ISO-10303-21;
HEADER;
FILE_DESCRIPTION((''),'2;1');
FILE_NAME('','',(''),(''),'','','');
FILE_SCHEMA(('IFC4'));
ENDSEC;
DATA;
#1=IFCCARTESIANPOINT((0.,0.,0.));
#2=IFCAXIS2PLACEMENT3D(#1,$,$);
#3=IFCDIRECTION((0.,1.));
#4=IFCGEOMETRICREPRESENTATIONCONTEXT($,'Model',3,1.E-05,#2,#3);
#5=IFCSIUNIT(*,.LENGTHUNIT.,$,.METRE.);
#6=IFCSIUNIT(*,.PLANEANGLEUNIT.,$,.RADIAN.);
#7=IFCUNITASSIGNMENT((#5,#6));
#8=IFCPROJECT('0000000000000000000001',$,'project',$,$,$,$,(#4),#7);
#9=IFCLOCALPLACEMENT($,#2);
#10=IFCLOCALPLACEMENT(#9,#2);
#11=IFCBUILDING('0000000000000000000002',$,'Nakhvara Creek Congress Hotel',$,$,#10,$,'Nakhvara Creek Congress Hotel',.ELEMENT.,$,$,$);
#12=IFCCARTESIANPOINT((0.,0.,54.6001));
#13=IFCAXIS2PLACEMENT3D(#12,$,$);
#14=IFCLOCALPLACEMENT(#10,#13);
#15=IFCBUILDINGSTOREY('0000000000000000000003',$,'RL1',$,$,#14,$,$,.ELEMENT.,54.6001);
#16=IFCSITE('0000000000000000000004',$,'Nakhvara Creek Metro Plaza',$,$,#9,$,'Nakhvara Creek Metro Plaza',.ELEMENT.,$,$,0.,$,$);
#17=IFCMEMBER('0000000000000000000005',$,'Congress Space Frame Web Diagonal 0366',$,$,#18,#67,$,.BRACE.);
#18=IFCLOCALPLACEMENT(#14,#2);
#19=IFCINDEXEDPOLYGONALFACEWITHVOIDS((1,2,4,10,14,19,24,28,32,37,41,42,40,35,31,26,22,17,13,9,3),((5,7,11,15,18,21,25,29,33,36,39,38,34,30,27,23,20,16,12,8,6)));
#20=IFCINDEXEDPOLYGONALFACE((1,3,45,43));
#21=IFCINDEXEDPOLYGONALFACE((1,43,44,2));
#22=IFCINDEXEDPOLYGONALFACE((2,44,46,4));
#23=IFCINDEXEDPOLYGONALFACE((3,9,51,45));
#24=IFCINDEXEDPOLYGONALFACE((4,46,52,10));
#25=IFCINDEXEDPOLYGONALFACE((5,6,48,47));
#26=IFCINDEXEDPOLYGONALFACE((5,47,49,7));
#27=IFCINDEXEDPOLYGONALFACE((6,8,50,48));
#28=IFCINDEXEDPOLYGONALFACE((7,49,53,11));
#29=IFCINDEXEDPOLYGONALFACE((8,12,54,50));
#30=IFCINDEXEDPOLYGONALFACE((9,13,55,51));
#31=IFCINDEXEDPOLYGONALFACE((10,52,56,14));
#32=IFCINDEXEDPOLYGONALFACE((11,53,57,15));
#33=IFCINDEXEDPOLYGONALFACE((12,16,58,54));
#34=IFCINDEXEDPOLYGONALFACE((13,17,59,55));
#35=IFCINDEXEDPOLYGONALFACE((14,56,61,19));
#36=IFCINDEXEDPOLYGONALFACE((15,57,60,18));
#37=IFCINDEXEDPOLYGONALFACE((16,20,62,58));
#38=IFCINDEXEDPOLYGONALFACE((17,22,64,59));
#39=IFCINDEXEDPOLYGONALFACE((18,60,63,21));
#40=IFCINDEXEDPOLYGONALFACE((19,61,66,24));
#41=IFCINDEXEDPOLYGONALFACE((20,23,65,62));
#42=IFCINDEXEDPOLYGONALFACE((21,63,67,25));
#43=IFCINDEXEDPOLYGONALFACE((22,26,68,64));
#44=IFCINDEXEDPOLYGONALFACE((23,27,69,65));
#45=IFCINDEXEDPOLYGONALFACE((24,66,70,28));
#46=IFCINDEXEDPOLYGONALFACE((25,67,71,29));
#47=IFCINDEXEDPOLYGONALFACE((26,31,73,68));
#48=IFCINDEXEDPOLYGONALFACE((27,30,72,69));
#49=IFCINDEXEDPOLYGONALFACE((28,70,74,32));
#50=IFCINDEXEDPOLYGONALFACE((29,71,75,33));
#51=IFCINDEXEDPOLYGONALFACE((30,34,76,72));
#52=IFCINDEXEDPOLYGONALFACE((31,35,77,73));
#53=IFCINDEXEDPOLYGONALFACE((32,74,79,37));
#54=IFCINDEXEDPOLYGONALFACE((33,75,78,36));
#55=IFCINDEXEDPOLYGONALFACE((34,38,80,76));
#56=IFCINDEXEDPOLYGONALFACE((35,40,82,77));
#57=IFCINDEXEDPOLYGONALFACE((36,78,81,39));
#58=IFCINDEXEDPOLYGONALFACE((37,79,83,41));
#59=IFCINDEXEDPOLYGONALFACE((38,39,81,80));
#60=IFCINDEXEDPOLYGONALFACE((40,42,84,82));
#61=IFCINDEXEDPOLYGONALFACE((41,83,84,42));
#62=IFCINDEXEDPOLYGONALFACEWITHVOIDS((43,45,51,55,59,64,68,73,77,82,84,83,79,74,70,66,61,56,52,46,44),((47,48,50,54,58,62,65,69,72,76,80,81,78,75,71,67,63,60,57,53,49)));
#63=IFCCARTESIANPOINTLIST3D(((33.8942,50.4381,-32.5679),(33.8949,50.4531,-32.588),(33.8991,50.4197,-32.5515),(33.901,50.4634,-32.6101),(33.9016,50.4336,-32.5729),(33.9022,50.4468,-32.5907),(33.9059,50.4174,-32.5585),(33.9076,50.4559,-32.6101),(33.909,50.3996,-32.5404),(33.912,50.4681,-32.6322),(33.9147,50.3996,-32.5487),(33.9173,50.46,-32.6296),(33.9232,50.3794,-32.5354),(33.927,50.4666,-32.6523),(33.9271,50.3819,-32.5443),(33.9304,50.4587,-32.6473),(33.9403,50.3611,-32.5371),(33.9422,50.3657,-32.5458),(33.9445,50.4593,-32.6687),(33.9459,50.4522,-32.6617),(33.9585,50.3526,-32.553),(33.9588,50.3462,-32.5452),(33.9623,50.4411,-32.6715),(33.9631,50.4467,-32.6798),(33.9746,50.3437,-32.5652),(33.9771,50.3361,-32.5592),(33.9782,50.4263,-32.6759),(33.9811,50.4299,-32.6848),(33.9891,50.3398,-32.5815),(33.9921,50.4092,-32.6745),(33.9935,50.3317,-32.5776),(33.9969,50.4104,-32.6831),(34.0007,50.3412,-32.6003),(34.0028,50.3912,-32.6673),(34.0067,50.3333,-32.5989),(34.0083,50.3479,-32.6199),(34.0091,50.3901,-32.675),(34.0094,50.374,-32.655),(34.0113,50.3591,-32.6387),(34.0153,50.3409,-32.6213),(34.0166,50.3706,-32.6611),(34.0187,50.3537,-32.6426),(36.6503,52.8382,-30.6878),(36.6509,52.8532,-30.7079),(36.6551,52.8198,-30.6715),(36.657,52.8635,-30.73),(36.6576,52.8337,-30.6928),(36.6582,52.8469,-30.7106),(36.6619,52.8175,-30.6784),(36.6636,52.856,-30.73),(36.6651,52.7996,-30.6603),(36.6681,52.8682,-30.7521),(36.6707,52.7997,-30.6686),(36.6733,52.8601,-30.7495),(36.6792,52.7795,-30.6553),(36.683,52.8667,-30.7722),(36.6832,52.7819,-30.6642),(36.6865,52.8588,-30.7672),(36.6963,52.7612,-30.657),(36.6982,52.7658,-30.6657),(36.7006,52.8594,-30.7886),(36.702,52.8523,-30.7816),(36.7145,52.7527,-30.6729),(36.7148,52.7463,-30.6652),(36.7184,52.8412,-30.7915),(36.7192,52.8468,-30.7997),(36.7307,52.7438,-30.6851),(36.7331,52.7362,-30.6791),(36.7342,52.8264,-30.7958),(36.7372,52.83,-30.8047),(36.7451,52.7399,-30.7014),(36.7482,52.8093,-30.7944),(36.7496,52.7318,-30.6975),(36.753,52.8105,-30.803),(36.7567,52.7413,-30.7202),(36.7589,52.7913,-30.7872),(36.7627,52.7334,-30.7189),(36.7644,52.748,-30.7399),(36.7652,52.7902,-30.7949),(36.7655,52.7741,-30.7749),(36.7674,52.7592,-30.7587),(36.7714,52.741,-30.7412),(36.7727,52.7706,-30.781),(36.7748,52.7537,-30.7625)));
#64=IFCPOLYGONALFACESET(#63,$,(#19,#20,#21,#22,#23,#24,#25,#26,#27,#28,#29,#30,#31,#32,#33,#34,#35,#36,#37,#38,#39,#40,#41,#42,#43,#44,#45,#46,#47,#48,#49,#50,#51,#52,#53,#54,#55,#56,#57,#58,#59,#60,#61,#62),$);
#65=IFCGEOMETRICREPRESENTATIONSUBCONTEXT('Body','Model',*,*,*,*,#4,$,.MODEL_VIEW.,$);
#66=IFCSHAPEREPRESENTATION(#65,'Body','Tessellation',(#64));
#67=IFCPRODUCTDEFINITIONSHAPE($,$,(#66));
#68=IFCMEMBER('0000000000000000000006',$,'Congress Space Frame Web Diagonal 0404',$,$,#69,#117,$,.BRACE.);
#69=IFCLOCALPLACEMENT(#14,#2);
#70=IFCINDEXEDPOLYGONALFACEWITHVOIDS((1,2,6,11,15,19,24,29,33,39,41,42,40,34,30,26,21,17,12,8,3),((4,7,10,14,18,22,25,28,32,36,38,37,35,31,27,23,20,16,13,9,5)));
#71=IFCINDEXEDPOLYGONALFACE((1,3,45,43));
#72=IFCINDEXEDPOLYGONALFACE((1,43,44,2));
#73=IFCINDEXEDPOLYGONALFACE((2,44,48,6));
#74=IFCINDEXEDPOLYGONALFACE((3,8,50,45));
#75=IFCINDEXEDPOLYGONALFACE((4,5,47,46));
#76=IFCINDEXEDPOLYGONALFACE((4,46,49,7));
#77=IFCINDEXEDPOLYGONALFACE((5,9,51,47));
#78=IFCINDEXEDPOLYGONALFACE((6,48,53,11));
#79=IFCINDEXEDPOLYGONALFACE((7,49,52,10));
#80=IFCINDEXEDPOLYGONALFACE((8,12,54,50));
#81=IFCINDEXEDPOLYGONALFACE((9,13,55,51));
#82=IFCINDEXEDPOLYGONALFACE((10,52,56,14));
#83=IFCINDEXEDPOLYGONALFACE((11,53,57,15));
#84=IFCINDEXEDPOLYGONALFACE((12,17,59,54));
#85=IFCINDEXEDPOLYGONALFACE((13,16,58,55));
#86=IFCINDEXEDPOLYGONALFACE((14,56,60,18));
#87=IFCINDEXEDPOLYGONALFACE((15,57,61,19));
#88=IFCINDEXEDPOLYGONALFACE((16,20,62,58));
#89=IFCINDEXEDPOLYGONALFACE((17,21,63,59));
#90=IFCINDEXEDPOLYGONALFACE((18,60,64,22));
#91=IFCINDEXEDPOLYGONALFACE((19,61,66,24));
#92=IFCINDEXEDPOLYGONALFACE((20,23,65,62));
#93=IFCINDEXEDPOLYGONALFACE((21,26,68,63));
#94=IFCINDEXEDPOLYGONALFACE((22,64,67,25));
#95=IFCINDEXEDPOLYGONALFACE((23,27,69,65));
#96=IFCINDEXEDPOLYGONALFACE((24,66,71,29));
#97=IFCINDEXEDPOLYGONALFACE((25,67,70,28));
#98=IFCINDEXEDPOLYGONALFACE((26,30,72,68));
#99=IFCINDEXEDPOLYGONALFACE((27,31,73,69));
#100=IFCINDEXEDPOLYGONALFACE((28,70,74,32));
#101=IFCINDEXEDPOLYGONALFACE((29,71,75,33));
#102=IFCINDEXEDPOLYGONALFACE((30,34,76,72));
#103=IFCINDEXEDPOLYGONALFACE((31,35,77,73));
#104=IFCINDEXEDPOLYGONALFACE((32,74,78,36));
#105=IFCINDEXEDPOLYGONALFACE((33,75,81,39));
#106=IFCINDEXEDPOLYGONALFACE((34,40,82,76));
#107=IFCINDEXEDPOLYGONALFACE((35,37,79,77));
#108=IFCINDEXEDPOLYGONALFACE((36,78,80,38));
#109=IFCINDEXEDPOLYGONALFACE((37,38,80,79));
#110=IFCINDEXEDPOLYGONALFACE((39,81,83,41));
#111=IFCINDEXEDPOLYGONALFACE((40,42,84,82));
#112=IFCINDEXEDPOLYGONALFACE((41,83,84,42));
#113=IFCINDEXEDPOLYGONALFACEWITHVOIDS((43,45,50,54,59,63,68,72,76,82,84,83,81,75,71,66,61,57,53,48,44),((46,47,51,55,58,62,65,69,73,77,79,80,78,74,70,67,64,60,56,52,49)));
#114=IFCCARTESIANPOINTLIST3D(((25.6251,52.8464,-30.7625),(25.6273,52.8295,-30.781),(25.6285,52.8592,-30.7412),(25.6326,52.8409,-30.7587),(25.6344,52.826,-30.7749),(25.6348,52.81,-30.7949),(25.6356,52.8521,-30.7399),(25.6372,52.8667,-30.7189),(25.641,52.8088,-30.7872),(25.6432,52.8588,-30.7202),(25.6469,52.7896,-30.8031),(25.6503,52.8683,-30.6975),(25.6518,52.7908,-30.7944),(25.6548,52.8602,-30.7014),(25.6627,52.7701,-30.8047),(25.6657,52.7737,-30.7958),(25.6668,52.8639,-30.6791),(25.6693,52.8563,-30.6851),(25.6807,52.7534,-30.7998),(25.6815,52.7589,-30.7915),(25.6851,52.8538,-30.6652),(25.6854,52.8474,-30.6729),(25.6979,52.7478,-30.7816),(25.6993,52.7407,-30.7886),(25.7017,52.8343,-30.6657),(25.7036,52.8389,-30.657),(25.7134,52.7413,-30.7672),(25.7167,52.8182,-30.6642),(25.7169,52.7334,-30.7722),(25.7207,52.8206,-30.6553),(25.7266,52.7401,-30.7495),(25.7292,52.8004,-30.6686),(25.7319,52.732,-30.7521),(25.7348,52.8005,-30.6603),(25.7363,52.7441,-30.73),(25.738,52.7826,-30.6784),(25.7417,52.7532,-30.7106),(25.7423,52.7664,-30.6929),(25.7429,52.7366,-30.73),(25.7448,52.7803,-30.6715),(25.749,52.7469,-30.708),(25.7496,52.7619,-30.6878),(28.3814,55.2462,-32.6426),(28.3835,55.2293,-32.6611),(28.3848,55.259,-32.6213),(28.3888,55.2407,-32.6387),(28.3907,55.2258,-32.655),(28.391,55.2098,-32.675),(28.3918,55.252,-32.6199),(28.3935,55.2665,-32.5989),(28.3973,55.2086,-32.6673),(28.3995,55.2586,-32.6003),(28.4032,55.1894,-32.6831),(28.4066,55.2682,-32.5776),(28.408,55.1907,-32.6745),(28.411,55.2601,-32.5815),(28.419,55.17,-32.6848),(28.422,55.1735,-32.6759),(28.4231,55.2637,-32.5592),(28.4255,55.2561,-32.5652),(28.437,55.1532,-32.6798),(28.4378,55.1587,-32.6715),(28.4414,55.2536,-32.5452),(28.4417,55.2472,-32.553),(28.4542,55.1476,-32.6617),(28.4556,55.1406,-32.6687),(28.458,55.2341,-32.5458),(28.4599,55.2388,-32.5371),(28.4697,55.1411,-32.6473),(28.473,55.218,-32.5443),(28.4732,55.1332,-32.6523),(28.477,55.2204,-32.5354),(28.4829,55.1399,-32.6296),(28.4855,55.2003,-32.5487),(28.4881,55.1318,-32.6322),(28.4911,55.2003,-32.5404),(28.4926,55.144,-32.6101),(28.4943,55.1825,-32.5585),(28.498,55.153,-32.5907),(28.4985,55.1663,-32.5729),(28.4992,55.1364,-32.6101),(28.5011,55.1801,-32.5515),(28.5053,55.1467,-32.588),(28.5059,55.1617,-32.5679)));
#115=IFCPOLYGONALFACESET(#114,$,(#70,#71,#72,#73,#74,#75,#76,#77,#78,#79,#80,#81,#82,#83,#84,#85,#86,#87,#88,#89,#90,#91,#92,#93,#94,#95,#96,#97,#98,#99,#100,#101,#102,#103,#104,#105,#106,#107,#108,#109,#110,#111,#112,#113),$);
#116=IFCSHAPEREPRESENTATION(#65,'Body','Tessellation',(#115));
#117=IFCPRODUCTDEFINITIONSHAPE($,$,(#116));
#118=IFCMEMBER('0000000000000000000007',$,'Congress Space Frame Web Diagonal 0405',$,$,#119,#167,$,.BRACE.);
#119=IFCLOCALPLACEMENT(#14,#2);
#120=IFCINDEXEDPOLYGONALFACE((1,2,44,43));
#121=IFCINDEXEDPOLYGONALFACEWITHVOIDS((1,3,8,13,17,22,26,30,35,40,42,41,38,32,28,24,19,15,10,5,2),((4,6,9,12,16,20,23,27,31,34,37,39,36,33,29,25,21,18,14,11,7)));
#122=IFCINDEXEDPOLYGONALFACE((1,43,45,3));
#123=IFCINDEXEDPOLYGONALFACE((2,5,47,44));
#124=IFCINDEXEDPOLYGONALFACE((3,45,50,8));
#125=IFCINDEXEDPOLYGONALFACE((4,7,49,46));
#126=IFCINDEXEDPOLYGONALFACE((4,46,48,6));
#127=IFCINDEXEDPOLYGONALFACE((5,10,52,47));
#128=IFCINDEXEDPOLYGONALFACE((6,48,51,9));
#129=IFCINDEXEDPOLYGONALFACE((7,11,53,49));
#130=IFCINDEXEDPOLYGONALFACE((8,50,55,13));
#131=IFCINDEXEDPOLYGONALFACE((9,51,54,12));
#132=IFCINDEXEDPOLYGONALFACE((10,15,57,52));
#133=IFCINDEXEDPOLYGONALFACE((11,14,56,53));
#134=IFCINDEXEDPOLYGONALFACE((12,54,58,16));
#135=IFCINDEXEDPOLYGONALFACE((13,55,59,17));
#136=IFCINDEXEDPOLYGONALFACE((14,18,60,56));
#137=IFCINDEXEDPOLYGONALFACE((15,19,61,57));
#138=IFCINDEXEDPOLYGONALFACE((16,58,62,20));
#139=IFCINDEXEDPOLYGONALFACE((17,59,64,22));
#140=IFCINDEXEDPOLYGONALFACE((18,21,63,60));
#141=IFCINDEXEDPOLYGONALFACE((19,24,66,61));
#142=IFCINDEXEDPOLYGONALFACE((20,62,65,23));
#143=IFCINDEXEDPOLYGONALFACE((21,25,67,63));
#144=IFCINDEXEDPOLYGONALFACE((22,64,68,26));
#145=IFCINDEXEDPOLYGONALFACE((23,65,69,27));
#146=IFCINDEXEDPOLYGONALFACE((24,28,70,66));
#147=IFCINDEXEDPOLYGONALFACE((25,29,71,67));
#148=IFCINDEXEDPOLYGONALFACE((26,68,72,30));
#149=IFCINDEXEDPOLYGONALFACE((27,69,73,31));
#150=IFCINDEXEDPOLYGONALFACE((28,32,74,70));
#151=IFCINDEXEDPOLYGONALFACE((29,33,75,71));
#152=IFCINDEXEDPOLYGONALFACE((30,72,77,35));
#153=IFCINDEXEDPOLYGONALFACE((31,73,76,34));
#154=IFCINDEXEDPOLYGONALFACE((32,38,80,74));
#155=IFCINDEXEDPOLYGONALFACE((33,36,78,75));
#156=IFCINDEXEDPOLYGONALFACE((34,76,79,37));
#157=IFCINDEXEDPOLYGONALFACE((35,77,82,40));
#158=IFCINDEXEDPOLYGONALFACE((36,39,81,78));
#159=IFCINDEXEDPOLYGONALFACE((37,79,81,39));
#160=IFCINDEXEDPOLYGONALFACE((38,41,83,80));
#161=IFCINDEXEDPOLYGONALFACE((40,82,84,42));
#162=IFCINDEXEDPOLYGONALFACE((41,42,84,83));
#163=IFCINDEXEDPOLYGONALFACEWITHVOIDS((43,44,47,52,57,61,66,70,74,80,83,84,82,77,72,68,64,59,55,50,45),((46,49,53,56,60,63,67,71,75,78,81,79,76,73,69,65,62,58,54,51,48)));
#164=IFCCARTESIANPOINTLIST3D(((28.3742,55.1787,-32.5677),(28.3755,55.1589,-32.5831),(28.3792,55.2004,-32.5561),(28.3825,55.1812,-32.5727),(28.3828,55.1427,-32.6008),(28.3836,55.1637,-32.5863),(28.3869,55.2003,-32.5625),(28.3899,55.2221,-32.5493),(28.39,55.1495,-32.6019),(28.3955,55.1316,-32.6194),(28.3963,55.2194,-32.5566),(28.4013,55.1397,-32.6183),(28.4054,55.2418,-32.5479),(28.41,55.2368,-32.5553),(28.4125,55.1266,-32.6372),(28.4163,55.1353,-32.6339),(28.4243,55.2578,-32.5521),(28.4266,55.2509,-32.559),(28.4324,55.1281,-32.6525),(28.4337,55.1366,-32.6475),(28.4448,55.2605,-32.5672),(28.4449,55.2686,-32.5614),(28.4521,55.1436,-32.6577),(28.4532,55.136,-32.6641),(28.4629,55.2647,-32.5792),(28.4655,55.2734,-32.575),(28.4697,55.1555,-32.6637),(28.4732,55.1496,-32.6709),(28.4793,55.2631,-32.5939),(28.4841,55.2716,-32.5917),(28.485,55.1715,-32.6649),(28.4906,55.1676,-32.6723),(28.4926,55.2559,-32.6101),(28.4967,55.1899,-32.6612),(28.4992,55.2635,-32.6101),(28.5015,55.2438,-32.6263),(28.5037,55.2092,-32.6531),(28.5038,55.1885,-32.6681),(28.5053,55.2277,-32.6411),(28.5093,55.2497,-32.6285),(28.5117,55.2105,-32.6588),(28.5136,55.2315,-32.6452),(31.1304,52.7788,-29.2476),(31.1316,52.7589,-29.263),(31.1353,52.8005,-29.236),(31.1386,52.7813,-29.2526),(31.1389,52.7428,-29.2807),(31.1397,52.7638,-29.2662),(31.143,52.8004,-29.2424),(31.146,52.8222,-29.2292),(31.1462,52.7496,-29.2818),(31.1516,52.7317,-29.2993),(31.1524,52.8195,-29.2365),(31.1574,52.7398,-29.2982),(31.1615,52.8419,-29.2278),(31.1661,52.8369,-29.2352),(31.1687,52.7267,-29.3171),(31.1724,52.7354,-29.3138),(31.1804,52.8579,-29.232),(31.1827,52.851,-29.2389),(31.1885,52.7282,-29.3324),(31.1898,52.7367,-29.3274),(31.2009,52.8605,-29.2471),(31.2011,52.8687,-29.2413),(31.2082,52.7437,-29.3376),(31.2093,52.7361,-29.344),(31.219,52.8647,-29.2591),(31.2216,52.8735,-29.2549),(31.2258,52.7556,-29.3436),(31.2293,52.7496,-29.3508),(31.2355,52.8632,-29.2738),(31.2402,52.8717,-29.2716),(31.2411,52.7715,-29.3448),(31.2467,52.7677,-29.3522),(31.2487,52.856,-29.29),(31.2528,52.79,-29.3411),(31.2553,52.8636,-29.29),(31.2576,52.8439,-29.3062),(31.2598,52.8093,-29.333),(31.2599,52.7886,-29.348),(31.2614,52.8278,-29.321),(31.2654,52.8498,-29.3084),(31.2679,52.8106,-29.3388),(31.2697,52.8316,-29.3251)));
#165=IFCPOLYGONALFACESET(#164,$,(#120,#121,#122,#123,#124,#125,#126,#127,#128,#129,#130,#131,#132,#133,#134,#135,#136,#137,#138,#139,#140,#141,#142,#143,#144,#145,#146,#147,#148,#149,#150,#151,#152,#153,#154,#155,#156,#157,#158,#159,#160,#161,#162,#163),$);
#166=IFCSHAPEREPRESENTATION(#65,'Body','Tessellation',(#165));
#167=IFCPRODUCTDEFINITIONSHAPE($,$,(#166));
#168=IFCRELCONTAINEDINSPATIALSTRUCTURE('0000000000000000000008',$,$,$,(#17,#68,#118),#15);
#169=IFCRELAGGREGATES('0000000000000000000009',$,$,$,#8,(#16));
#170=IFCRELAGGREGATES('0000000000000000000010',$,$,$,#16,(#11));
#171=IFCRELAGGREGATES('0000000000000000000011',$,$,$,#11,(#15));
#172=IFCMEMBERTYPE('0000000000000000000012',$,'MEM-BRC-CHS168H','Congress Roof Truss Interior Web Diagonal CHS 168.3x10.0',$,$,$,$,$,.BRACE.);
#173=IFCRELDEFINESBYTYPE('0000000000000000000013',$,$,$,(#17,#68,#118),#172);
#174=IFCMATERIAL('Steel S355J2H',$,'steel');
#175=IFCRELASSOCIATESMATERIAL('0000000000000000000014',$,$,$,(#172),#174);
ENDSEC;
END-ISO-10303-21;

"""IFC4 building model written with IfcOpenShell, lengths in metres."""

from ifc_helpers import new_model, si_unit, direction, frame, origin, origin_2d, place, context, subcontext, project, spatial, hollow_circle, extrude, material, material_profile, profile_set, type_object, element, save


model = new_model("IFC4")

# Units and contexts
model_context = context("Model", 3, precision=1e-05, world=origin(), true_north=direction((0.0, 1.0)))
body_context = subcontext(model_context, "Body", "Model", "MODEL_VIEW")
ifc_project = project(units=[si_unit("LENGTHUNIT", "METRE"), si_unit("PLANEANGLEUNIT", "RADIAN")], contexts=[model_context])

# Site, building, storey
site_placement = place(None, origin())
site = spatial("IfcSite", under=ifc_project, at=site_placement, Name="Nakhvara Creek Metro Plaza", LongName="Nakhvara Creek Metro Plaza", CompositionType="ELEMENT", RefElevation=0.0)
building_placement = place(site_placement, origin())
building = spatial("IfcBuilding", under=site, at=building_placement, Name="Nakhvara Creek Congress Hotel", LongName="Nakhvara Creek Congress Hotel", CompositionType="ELEMENT")
storey_placement = place(building_placement, frame((0.0, 0.0, 54.6001)))
storey = spatial("IfcBuildingStorey", under=building, at=storey_placement, Name="RL1", CompositionType="ELEMENT", Elevation=54.6001)

# Members
ifc_material_1 = material(Name="Steel S355J2H", Category="steel")
ifc_material_profile_1 = material_profile(ifc_material_1, hollow_circle(Radius=0.0842, WallThickness=0.01, at=origin_2d()), Name="CHS 168.3x10.0", Category="LoadBearing")
ifc_profile_set_1 = profile_set([ifc_material_profile_1], Name="Steel S355J2H")
member_type_1 = type_object("IfcMemberType", Name="MEM-BRC-CHS168H", Description="Congress Roof Truss Interior Web Diagonal CHS 168.3x10.0", PredefinedType="BRACE", material=ifc_profile_set_1)
for number, where, z_axis, x_axis, name in (
    (1, (33.9563, 50.3999, -32.6101), (0.670593, 0.583984, 0.457457), (-0.656729, 0.754126, 0.0), "Congress Space Frame Web Diagonal 0366"),
    (2, (28.4438, 55.2, -32.6101), (-0.670649, -0.583922, 0.457455), (0.656658, -0.754188, 0.0), "Congress Space Frame Web Diagonal 0404"),
):
    element("IfcMember", number, at=place(storey_placement, frame(where, z_axis=z_axis, x_axis=x_axis)), inside=storey, type_object=member_type_1, Name=name, PredefinedType="BRACE", context=body_context, shape_type="SweptSolid", body=[
        extrude(hollow_circle(Radius=0.0842, WallThickness=0.01, at=origin_2d()), origin(), (0.0, 0.0, 1.0), 4.1099),
    ])
member_1_placement = place(storey_placement, frame((28.4438, 55.2, -32.6101), z_axis=(0.558203, -0.48606, 0.672425), x_axis=(0.656691, 0.75416, 0.0)))
element("IfcMember", 3, at=member_1_placement, inside=storey, type_object=member_type_1, Name="Congress Space Frame Web Diagonal 0405", PredefinedType="BRACE", context=body_context, shape_type="SweptSolid", body=[
    extrude(hollow_circle(Radius=0.0842, WallThickness=0.01, at=origin_2d()), origin(), (0.0, 0.0, 1.0), 4.9375),
])

save(model, "model.ifc")
